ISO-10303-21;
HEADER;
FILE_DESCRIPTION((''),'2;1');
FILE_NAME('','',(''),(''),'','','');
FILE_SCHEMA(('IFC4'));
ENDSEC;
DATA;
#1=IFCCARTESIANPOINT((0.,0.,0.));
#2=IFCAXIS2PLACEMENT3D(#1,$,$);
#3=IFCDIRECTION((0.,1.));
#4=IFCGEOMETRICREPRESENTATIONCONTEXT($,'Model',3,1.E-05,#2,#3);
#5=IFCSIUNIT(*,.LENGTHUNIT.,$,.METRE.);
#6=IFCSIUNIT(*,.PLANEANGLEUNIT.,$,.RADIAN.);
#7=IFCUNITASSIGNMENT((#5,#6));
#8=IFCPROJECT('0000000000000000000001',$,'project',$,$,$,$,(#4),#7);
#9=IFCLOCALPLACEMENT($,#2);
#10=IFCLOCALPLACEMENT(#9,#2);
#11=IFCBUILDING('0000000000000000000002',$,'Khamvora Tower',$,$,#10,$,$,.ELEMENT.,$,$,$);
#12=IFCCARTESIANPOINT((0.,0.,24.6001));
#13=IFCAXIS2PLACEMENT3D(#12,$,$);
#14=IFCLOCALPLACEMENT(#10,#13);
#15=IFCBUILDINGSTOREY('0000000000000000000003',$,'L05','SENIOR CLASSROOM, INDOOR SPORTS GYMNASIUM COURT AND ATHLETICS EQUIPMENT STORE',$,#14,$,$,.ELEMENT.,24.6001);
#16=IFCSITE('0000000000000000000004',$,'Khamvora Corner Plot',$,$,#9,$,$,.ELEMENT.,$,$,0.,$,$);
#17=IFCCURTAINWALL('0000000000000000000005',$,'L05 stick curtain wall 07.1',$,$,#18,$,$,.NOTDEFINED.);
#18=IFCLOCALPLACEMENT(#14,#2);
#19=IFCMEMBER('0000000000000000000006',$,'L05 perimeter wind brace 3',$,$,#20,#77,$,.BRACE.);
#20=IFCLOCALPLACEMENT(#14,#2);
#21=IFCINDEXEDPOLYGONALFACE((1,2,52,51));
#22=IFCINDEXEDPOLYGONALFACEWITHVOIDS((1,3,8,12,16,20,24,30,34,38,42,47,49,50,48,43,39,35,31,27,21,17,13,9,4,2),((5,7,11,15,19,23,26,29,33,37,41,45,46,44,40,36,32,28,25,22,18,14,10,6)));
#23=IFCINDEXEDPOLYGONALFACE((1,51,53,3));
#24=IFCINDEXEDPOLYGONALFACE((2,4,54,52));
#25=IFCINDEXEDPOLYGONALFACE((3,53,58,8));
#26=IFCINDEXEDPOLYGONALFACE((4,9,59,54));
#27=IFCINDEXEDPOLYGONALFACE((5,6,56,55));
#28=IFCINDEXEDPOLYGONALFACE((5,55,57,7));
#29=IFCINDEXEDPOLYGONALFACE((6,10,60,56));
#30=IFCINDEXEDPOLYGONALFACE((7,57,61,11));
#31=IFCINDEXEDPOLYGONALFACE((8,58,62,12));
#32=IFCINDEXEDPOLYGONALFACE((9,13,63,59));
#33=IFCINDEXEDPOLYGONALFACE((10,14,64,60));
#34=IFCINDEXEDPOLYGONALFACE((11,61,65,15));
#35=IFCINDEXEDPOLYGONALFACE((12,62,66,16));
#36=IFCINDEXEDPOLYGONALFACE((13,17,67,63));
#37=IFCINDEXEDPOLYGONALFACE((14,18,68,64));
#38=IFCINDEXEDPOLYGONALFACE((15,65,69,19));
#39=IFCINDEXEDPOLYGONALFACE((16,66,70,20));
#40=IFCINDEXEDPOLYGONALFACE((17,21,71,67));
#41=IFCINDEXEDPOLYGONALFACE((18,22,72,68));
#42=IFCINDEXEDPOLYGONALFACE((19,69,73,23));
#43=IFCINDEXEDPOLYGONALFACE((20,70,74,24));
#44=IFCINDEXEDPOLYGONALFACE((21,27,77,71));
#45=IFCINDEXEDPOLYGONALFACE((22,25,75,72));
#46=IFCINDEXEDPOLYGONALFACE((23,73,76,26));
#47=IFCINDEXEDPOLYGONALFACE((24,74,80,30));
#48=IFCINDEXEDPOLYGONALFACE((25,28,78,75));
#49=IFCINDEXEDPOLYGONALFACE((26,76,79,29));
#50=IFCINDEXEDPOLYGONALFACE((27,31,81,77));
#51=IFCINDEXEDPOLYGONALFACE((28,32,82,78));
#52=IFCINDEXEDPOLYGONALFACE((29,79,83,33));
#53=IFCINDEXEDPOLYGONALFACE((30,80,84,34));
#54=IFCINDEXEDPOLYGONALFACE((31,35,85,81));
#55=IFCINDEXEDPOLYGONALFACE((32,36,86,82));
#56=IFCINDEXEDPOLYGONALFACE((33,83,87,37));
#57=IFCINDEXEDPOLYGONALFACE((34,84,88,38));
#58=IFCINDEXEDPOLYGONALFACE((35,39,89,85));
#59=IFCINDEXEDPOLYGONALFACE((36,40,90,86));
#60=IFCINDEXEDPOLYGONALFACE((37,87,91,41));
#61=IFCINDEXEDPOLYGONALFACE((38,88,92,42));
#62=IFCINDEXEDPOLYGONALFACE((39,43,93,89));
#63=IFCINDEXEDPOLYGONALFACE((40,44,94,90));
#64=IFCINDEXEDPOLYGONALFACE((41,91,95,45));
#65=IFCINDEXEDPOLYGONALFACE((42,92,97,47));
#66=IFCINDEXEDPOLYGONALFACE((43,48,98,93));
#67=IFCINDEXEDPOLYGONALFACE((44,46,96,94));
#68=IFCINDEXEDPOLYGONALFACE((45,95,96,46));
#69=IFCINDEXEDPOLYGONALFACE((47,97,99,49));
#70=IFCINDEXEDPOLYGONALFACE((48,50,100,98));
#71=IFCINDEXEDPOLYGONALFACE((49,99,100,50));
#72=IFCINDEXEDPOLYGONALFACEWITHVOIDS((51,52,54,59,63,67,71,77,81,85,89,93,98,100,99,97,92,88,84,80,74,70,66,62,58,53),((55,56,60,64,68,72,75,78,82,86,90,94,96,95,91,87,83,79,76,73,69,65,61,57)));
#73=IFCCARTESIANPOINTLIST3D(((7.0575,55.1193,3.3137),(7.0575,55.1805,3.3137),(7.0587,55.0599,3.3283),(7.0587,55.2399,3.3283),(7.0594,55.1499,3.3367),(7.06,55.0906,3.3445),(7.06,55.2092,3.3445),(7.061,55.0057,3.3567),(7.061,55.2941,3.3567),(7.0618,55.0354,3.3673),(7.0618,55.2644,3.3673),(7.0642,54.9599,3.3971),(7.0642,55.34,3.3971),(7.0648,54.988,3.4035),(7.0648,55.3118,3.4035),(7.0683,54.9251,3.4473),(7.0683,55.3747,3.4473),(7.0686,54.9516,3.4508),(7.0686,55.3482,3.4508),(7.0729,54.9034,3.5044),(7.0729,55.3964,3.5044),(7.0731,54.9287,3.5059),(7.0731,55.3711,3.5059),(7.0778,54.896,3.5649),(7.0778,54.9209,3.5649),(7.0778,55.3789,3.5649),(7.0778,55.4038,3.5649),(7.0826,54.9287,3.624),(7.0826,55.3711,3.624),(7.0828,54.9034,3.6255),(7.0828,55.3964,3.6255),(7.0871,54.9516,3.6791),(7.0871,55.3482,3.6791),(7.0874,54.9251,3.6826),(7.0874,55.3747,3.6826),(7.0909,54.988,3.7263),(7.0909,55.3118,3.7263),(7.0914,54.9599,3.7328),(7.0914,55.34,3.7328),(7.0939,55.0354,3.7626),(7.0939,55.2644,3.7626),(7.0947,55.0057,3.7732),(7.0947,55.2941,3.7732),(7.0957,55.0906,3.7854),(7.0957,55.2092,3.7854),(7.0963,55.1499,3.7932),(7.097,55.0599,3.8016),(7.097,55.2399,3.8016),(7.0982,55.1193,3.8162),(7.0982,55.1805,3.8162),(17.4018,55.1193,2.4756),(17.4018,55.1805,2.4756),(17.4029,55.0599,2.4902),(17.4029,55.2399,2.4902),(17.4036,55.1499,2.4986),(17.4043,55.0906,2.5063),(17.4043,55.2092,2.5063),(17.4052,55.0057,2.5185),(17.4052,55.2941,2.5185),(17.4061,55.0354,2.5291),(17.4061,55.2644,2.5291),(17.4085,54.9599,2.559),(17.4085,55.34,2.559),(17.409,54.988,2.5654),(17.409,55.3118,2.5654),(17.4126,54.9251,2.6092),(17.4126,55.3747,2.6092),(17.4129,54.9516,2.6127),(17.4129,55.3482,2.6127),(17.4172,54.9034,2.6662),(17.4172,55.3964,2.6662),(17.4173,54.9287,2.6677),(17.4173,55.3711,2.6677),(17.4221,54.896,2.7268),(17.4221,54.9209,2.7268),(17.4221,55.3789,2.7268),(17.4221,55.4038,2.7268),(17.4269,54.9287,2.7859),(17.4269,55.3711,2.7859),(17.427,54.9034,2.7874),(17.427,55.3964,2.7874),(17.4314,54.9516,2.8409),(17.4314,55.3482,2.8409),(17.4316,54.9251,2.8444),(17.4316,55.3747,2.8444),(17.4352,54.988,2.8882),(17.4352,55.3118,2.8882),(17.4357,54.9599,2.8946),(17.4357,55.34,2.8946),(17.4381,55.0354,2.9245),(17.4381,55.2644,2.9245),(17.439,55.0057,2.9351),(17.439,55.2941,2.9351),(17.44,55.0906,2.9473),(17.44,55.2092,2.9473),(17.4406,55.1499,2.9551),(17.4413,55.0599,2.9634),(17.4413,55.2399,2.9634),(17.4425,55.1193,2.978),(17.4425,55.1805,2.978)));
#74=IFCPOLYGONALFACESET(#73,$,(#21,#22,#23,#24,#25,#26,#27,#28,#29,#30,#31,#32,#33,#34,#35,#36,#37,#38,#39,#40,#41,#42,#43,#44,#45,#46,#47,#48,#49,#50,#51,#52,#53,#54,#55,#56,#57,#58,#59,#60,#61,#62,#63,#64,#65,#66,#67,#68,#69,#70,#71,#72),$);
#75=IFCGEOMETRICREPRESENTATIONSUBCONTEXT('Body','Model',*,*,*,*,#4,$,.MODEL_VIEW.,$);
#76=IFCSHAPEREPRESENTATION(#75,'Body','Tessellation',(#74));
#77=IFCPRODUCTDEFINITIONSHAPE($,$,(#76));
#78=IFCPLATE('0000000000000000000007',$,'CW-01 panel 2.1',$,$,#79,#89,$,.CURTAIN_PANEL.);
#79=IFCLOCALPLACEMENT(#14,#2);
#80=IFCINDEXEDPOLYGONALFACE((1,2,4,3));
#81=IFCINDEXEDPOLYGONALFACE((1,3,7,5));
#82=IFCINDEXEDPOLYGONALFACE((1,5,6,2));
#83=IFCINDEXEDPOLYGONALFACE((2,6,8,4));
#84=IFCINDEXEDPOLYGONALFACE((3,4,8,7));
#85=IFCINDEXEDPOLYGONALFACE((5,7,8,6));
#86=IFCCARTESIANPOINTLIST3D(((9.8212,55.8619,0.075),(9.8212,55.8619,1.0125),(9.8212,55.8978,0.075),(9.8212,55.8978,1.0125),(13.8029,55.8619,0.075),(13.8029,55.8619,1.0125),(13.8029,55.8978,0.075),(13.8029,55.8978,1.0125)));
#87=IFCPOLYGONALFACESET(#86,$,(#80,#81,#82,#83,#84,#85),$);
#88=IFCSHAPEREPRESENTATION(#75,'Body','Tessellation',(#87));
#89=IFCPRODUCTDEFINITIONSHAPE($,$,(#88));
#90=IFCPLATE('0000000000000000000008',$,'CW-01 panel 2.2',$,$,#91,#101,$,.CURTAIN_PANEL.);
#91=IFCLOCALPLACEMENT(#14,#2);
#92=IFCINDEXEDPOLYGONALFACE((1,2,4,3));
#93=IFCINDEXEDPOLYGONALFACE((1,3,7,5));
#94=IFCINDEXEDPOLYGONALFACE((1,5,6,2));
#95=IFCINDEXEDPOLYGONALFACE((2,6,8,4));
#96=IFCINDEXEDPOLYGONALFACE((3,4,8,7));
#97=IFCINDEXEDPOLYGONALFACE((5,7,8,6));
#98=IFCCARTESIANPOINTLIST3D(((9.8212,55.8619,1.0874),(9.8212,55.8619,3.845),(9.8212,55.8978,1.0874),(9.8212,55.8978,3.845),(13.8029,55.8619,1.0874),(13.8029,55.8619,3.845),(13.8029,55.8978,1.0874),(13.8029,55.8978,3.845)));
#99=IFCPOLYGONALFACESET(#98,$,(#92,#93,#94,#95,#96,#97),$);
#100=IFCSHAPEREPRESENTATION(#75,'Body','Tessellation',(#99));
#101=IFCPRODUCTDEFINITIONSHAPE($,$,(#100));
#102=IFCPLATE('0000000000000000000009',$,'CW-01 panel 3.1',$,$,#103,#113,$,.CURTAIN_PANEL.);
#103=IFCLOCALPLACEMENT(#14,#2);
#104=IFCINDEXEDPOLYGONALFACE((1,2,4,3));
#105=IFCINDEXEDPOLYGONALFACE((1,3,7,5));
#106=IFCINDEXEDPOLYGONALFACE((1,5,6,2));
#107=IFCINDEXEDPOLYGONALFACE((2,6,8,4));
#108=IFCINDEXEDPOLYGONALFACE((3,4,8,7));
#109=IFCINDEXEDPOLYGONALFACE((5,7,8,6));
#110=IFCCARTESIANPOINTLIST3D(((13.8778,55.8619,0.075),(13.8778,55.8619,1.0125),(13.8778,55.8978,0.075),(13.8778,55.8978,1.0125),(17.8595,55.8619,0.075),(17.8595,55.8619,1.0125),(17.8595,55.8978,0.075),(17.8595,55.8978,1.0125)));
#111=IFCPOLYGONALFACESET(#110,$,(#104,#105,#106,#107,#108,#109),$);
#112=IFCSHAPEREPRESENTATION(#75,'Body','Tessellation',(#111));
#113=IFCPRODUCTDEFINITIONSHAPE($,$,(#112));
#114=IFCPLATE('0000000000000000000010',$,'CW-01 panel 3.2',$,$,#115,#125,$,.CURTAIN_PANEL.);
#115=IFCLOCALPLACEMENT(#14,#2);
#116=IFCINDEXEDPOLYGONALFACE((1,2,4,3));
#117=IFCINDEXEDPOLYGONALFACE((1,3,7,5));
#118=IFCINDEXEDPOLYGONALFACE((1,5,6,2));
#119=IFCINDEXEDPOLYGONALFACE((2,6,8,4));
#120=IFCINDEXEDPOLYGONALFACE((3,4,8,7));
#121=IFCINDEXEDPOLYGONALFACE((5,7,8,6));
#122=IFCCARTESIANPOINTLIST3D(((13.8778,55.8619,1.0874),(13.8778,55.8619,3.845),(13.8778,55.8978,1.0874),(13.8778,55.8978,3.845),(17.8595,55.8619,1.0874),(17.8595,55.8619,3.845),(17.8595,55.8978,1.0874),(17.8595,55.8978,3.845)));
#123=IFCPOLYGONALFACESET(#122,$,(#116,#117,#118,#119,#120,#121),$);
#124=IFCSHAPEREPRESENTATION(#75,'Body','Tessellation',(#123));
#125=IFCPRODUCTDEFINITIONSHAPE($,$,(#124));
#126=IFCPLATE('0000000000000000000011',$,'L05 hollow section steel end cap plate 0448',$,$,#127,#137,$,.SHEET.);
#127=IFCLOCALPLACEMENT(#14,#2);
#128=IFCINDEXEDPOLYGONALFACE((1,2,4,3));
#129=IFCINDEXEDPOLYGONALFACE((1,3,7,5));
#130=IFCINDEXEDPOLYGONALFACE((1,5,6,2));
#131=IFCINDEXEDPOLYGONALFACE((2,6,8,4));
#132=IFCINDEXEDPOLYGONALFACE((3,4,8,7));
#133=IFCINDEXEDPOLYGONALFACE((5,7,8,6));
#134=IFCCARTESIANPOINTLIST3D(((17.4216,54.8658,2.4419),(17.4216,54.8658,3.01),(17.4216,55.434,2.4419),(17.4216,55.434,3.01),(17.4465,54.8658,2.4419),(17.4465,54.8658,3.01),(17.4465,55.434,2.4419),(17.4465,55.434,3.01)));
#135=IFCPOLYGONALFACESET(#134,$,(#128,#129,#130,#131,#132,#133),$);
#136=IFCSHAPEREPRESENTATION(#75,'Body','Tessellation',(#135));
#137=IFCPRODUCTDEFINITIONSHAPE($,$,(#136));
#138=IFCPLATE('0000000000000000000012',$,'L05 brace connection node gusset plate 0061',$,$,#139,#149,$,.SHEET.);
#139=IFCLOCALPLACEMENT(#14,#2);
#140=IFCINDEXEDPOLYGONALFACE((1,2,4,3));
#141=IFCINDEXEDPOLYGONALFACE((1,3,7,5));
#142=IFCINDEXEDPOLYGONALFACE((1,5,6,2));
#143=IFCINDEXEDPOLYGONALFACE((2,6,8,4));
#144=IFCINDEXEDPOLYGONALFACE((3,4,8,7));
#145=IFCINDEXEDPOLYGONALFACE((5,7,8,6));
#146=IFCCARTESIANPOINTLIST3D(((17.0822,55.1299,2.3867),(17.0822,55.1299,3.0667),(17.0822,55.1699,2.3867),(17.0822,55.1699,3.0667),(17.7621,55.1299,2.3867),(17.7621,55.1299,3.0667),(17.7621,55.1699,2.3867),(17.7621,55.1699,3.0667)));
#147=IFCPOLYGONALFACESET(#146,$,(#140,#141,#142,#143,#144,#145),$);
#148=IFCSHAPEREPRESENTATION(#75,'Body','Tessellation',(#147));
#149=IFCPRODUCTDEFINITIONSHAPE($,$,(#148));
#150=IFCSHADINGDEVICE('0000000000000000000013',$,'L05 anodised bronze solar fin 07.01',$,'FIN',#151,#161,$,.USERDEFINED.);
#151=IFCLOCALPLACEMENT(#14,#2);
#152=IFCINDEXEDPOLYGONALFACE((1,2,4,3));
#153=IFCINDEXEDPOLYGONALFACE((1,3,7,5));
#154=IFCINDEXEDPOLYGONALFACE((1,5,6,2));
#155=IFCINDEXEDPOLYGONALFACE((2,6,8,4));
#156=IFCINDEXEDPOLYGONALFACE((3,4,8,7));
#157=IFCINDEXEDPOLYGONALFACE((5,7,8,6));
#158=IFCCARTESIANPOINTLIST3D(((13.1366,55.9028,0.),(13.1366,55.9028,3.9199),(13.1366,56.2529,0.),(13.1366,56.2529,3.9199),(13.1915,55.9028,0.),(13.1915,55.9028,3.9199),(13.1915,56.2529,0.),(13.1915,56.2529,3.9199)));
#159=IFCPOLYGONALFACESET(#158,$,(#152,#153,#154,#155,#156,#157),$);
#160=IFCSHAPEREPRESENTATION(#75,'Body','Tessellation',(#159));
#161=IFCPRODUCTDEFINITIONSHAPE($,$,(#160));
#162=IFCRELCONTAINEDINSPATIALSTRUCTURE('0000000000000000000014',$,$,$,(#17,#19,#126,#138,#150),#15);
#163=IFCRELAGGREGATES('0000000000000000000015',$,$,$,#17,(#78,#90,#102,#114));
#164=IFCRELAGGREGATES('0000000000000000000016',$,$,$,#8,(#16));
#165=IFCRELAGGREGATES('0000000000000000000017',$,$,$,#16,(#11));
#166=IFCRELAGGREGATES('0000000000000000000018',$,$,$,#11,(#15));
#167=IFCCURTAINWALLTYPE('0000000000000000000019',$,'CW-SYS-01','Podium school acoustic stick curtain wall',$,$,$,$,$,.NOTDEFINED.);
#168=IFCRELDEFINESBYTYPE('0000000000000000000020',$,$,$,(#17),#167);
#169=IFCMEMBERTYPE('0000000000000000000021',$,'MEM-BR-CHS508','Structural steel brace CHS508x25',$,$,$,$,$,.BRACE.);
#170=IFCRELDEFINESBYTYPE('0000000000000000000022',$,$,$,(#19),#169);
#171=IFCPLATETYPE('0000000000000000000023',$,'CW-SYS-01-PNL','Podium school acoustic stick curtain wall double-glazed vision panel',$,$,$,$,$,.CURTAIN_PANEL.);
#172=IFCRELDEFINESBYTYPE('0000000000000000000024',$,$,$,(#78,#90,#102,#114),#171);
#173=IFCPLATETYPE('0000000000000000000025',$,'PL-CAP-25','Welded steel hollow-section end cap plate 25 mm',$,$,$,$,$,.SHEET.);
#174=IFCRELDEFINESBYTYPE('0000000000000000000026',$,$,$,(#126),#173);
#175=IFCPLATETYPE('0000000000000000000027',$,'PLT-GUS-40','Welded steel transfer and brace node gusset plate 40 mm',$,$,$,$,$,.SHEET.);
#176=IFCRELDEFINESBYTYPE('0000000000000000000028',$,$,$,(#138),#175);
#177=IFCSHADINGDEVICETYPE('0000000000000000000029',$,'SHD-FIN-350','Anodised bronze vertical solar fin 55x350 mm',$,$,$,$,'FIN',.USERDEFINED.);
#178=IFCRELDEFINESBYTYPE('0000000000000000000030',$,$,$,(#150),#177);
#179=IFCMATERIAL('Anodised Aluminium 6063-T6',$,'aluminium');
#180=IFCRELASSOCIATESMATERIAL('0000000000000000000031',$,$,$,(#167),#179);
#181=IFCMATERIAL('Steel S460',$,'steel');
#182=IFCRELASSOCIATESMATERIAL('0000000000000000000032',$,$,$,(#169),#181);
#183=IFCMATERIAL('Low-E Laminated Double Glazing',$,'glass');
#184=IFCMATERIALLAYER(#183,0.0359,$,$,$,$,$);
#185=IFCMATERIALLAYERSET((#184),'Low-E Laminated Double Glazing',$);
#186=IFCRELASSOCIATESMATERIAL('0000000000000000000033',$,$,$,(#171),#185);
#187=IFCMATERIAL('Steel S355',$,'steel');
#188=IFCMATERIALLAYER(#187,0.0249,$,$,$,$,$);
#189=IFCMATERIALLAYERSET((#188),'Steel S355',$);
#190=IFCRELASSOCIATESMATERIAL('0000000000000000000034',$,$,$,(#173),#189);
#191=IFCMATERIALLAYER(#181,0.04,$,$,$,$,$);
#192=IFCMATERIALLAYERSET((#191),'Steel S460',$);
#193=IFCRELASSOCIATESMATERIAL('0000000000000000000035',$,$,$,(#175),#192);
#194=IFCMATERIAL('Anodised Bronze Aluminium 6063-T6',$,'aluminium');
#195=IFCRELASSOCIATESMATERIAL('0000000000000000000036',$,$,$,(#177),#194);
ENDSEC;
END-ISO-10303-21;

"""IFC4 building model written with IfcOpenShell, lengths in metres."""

from ifc_helpers import new_model, si_unit, direction, frame, origin, origin_2d, place, context, subcontext, project, spatial, rectangle, hollow_circle, extrude, material, layer, layer_set, material_profile, profile_set, type_object, element, aggregate, save


model = new_model("IFC4")

# Units and contexts
model_context = context("Model", 3, precision=1e-05, world=origin(), true_north=direction((0.0, 1.0)))
body_context = subcontext(model_context, "Body", "Model", "MODEL_VIEW")
ifc_project = project(units=[si_unit("LENGTHUNIT", "METRE"), si_unit("PLANEANGLEUNIT", "RADIAN")], contexts=[model_context])

# Site, building, storey
site_placement = place(None, origin())
site = spatial("IfcSite", under=ifc_project, at=site_placement, Name="Khamvora Corner Plot", CompositionType="ELEMENT", RefElevation=0.0)
building_placement = place(site_placement, origin())
building = spatial("IfcBuilding", under=site, at=building_placement, Name="Khamvora Tower", CompositionType="ELEMENT")
storey_placement = place(building_placement, frame((0.0, 0.0, 24.6001)))
storey = spatial("IfcBuildingStorey", under=building, at=storey_placement, Name="L05", Description="SENIOR CLASSROOM, INDOOR SPORTS GYMNASIUM COURT AND ATHLETICS EQUIPMENT STORE", CompositionType="ELEMENT", Elevation=24.6001)

# Shared definitions
ifc_material_1 = material(Name="Steel S460", Category="steel")

# Shared definitions
ifc_material_2 = material(Name="Steel S355", Category="steel")

# Curtain wall
ifc_material_3 = material(Name="Anodised Aluminium 6063-T6", Category="aluminium")
curtain_wall_type = type_object("IfcCurtainWallType", Name="CW-SYS-01", Description="Podium school acoustic stick curtain wall", PredefinedType="NOTDEFINED", material=ifc_material_3)
curtain_wall_placement = place(storey_placement, origin())
curtain_wall = element("IfcCurtainWall", 1, at=curtain_wall_placement, inside=storey, type_object=curtain_wall_type, Name="L05 stick curtain wall 07.1", PredefinedType="NOTDEFINED")

# Member
ifc_material_profile_1 = material_profile(ifc_material_1, hollow_circle(Radius=0.2539, WallThickness=0.0249, at=origin_2d()), Name="CHS508x25")
ifc_profile_set_1 = profile_set([ifc_material_profile_1], Name="Steel S460")
member_type_1 = type_object("IfcMemberType", Name="MEM-BR-CHS508", Description="Structural steel brace CHS508x25", PredefinedType="BRACE", material=ifc_profile_set_1)
member_1_placement = place(storey_placement, frame((17.4221, 55.1499, 2.7268), z_axis=(-0.996734, 0.0, 0.08076), x_axis=(0.0, -1.0, 0.0)))
element("IfcMember", 2, at=member_1_placement, inside=storey, type_object=member_type_1, Name="L05 perimeter wind brace 3", PredefinedType="BRACE", context=body_context, shape_type="SweptSolid", body=[
    extrude(hollow_circle(Radius=0.2539, WallThickness=0.0249, at=origin_2d()), origin(), (0.0, 0.0, 1.0), 10.3782),
])

# Plates
ifc_material_4 = material(Name="Low-E Laminated Double Glazing", Category="glass")
ifc_layer_1 = layer(ifc_material_4, 0.0359)
ifc_layer_set_1 = layer_set([ifc_layer_1], Name="Low-E Laminated Double Glazing")
plate_type_1 = type_object("IfcPlateType", Name="CW-SYS-01-PNL", Description="Podium school acoustic stick curtain wall double-glazed vision panel", PredefinedType="CURTAIN_PANEL", material=ifc_layer_set_1)
plate_1_placement = place(storey_placement, frame((11.812, 55.8799, 0.075), z_axis=(0.0, 0.0, 1.0), x_axis=(1.0, 0.0, 0.0)))
plate_1 = element("IfcPlate", 3, at=plate_1_placement, type_object=plate_type_1, Name="CW-01 panel 2.1", PredefinedType="CURTAIN_PANEL", context=body_context, shape_type="SweptSolid", body=[
    extrude(rectangle(XDim=3.9817, YDim=0.0359, at=origin_2d()), origin(), (0.0, 0.0, 1.0), 0.9375),
])
plate_2_placement = place(storey_placement, frame((11.812, 55.8799, 1.0874), z_axis=(0.0, 0.0, 1.0), x_axis=(1.0, 0.0, 0.0)))
plate_2 = element("IfcPlate", 4, at=plate_2_placement, type_object=plate_type_1, Name="CW-01 panel 2.2", PredefinedType="CURTAIN_PANEL", context=body_context, shape_type="SweptSolid", body=[
    extrude(rectangle(XDim=3.9817, YDim=0.0359, at=origin_2d()), origin(), (0.0, 0.0, 1.0), 2.7576),
])
plate_3_placement = place(storey_placement, frame((15.8687, 55.8799, 0.075), z_axis=(0.0, 0.0, 1.0), x_axis=(1.0, 0.0, 0.0)))
plate_3 = element("IfcPlate", 5, at=plate_3_placement, type_object=plate_type_1, Name="CW-01 panel 3.1", PredefinedType="CURTAIN_PANEL", context=body_context, shape_type="SweptSolid", body=[
    extrude(rectangle(XDim=3.9817, YDim=0.0359, at=origin_2d()), origin(), (0.0, 0.0, 1.0), 0.9375),
])
plate_4_placement = place(storey_placement, frame((15.8687, 55.8799, 1.0874), z_axis=(0.0, 0.0, 1.0), x_axis=(1.0, 0.0, 0.0)))
plate_4 = element("IfcPlate", 6, at=plate_4_placement, type_object=plate_type_1, Name="CW-01 panel 3.2", PredefinedType="CURTAIN_PANEL", context=body_context, shape_type="SweptSolid", body=[
    extrude(rectangle(XDim=3.9817, YDim=0.0359, at=origin_2d()), origin(), (0.0, 0.0, 1.0), 2.7576),
])
aggregate(curtain_wall, [plate_1, plate_2, plate_3, plate_4])

# Plates
ifc_layer_2 = layer(ifc_material_2, 0.0249)
ifc_layer_set_2 = layer_set([ifc_layer_2], Name="Steel S355")
plate_type_2 = type_object("IfcPlateType", Name="PL-CAP-25", Description="Welded steel hollow-section end cap plate 25 mm", PredefinedType="SHEET", material=ifc_layer_set_2)
plate_5_placement = place(storey_placement, frame((17.4341, 55.1499, 2.4419), z_axis=(0.0, 0.0, 1.0), x_axis=(-1.0, 0.0, 0.0)))
element("IfcPlate", 7, at=plate_5_placement, inside=storey, type_object=plate_type_2, Name="L05 hollow section steel end cap plate 0448", PredefinedType="SHEET", context=body_context, shape_type="SweptSolid", body=[
    extrude(rectangle(XDim=0.0249, YDim=0.5681, at=origin_2d()), origin(), (0.0, 0.0, 1.0), 0.5681),
])
ifc_layer_3 = layer(ifc_material_1, 0.04)
ifc_layer_set_3 = layer_set([ifc_layer_3], Name="Steel S460")
plate_type_3 = type_object("IfcPlateType", Name="PLT-GUS-40", Description="Welded steel transfer and brace node gusset plate 40 mm", PredefinedType="SHEET", material=ifc_layer_set_3)
plate_6_placement = place(storey_placement, frame((17.4221, 55.1499, 2.3867), z_axis=(0.0, 0.0, 1.0), x_axis=(1.0, 0.0, 0.0)))
element("IfcPlate", 8, at=plate_6_placement, inside=storey, type_object=plate_type_3, Name="L05 brace connection node gusset plate 0061", PredefinedType="SHEET", context=body_context, shape_type="SweptSolid", body=[
    extrude(rectangle(XDim=0.6799, YDim=0.04, at=origin_2d()), origin(), (0.0, 0.0, 1.0), 0.6799),
])

# Shading device
ifc_material_5 = material(Name="Anodised Bronze Aluminium 6063-T6", Category="aluminium")
shading_device_type = type_object("IfcShadingDeviceType", Name="SHD-FIN-350", Description="Anodised bronze vertical solar fin 55x350 mm", ElementType="FIN", PredefinedType="USERDEFINED", material=ifc_material_5)
shading_device_placement = place(storey_placement, frame((13.1641, 56.0779, 0.0), z_axis=(0.0, 0.0, 1.0), x_axis=(1.0, 0.0, 0.0)))
element("IfcShadingDevice", 9, at=shading_device_placement, inside=storey, type_object=shading_device_type, Name="L05 anodised bronze solar fin 07.01", ObjectType="FIN", PredefinedType="USERDEFINED", context=body_context, shape_type="SweptSolid", body=[
    extrude(rectangle(XDim=0.0549, YDim=0.3501, at=origin_2d()), origin(), (0.0, 0.0, 1.0), 3.9199),
])

save(model, "model.ifc")
